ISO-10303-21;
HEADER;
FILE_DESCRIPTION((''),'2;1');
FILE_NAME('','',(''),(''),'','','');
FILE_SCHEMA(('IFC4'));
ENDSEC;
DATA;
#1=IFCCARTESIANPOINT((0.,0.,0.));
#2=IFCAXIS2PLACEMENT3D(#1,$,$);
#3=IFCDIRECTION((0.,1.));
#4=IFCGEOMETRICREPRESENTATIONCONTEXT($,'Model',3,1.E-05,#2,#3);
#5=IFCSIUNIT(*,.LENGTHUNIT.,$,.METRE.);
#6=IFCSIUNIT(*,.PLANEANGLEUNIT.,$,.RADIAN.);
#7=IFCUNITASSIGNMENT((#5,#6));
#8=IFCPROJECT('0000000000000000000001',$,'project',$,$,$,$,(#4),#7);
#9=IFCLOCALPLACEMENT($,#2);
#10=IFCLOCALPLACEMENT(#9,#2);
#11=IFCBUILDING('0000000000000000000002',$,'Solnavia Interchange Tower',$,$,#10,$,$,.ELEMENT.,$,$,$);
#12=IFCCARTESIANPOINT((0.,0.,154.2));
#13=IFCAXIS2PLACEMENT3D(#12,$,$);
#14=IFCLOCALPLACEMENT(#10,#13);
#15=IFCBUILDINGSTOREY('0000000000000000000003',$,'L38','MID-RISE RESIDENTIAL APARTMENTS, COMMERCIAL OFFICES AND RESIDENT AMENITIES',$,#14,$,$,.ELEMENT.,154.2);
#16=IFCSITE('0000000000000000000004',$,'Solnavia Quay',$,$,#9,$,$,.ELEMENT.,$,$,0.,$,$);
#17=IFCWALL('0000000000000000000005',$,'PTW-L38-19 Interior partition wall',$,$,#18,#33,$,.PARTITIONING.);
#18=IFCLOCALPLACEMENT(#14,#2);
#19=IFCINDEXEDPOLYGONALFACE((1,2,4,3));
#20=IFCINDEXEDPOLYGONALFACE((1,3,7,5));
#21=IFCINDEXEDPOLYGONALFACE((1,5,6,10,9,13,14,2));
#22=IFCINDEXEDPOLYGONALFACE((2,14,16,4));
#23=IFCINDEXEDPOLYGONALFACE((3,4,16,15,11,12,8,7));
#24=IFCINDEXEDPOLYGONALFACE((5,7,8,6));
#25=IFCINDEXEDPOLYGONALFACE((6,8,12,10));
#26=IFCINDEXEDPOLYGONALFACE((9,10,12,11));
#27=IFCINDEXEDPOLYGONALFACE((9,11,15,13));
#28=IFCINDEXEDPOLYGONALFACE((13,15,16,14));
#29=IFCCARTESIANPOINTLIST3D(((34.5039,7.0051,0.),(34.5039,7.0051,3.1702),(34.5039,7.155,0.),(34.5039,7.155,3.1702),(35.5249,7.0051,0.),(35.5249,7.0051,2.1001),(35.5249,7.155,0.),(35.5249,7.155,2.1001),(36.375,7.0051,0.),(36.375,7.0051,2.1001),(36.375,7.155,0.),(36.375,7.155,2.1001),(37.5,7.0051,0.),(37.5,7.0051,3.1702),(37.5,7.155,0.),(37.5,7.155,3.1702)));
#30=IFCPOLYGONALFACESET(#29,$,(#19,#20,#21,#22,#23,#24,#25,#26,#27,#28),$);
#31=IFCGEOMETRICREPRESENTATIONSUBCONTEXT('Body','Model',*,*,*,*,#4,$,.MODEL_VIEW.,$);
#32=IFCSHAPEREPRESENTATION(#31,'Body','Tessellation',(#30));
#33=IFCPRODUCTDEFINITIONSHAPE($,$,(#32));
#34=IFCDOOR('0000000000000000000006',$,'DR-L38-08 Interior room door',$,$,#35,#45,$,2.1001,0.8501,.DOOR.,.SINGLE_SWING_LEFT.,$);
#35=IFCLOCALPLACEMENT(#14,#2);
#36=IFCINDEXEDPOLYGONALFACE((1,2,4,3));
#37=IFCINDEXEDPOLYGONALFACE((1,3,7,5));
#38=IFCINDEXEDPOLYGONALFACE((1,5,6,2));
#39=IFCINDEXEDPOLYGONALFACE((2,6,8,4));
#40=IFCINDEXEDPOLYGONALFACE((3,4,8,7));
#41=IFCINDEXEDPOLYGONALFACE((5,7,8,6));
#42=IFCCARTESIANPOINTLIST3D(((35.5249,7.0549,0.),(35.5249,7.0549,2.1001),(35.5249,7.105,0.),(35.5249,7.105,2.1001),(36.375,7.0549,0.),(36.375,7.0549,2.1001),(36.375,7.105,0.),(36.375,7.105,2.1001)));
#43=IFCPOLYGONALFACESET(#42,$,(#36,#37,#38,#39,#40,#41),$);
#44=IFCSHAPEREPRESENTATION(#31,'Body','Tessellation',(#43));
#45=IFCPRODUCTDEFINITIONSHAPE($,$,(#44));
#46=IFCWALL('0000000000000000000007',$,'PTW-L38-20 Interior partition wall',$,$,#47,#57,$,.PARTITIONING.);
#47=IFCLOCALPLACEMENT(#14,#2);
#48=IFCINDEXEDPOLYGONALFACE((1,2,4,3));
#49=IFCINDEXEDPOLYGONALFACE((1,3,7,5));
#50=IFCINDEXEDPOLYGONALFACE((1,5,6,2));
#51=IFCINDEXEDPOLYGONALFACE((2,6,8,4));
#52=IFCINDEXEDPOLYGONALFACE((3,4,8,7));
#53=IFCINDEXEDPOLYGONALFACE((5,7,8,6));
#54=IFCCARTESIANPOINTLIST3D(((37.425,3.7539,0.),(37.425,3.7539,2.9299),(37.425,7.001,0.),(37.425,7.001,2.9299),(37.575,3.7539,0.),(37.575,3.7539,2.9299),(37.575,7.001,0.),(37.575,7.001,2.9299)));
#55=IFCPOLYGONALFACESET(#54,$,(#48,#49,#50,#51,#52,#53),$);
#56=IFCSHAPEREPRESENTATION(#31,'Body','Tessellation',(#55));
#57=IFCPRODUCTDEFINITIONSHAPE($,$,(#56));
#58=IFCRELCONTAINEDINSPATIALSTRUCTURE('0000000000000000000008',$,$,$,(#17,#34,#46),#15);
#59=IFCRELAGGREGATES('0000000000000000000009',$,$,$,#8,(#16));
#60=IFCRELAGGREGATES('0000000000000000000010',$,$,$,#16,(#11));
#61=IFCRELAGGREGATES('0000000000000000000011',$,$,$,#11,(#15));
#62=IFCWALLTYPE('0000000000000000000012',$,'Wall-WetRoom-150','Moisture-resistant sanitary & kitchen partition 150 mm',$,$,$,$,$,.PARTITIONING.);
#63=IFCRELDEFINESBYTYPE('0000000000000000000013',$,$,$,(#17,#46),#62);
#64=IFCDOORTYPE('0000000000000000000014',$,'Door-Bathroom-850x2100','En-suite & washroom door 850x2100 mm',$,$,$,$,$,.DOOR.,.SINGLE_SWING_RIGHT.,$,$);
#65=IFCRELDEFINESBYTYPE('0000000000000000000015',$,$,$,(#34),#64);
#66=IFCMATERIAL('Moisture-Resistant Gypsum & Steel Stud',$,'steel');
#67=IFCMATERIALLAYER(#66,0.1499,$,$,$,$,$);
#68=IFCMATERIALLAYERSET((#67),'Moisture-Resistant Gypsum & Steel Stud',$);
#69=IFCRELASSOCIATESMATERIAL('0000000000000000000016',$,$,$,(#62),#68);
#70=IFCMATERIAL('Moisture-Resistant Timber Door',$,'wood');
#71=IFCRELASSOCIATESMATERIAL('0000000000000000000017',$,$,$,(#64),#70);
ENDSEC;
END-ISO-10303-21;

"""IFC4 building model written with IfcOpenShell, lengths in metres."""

from ifc_helpers import new_model, si_unit, direction, frame, frame_2d, origin, place, context, subcontext, project, spatial, rectangle, extrude, material, layer, layer_set, type_object, element, fill, save


model = new_model("IFC4")

# Units and contexts
model_context = context("Model", 3, precision=1e-05, world=origin(), true_north=direction((0.0, 1.0)))
body_context = subcontext(model_context, "Body", "Model", "MODEL_VIEW")
ifc_project = project(units=[si_unit("LENGTHUNIT", "METRE"), si_unit("PLANEANGLEUNIT", "RADIAN")], contexts=[model_context])

# Site, building, storey
site_placement = place(None, origin())
site = spatial("IfcSite", under=ifc_project, at=site_placement, Name="Solnavia Quay", CompositionType="ELEMENT", RefElevation=0.0)
building_placement = place(site_placement, origin())
building = spatial("IfcBuilding", under=site, at=building_placement, Name="Solnavia Interchange Tower", CompositionType="ELEMENT")
storey_placement = place(building_placement, frame((0.0, 0.0, 154.2)))
storey = spatial("IfcBuildingStorey", under=building, at=storey_placement, Name="L38", Description="MID-RISE RESIDENTIAL APARTMENTS, COMMERCIAL OFFICES AND RESIDENT AMENITIES", CompositionType="ELEMENT", Elevation=154.2)

# Shared definitions
ifc_material_1 = material(Name="Moisture-Resistant Gypsum & Steel Stud", Category="steel")
ifc_layer_1 = layer(ifc_material_1, 0.1499)
ifc_layer_set_1 = layer_set([ifc_layer_1], Name="Moisture-Resistant Gypsum & Steel Stud")
wall_type_1 = type_object("IfcWallType", Name="Wall-WetRoom-150", Description="Moisture-resistant sanitary & kitchen partition 150 mm", PredefinedType="PARTITIONING", material=ifc_layer_set_1)
ifc_material_2 = material(Name="Moisture-Resistant Timber Door", Category="wood")
door_type_1 = type_object("IfcDoorType", Name="Door-Bathroom-850x2100", Description="En-suite & washroom door 850x2100 mm", OperationType="SINGLE_SWING_RIGHT", PredefinedType="DOOR", material=ifc_material_2)

# Wall, opening, door
wall_1_placement = place(storey_placement, frame((34.5039, 7.0801, 0.0), z_axis=(0.0, 0.0, 1.0), x_axis=(1.0, 0.0, 0.0)))
wall_1 = element("IfcWall", 1, at=wall_1_placement, inside=storey, type_object=wall_type_1, Name="PTW-L38-19 Interior partition wall", PredefinedType="PARTITIONING", context=body_context, shape_type="SweptSolid", body=[
    extrude(rectangle(XDim=2.9961, YDim=0.1499, at=frame_2d((1.498, 0.0))), origin(), (0.0, 0.0, 1.0), 3.1702),
])
opening_1_placement = place(wall_1_placement, frame((1.021, 0.0, 0.0)))
opening_1 = element("IfcOpeningElement", 2, at=opening_1_placement, cuts=wall_1, PredefinedType="OPENING", context=body_context, shape_type="SweptSolid", body=[
    extrude(rectangle(XDim=0.8501, YDim=2.1001, at=frame_2d((0.425, 1.05))), frame((0.0, 0.085, 0.0), z_axis=(0.0, -1.0, 0.0), x_axis=(1.0, 0.0, 0.0)), (0.0, 0.0, 1.0), 0.1699),
])
door_1_placement = place(opening_1_placement, origin())
door_1 = element("IfcDoor", 3, at=door_1_placement, inside=storey, type_object=door_type_1, Name="DR-L38-08 Interior room door", OperationType="SINGLE_SWING_LEFT", OverallHeight=2.1001, OverallWidth=0.8501, PredefinedType="DOOR", context=body_context, shape_type="SweptSolid", body=[
    extrude(rectangle(XDim=0.8501, YDim=2.1001, at=frame_2d((0.425, 1.05))), frame((0.0, 0.0249, 0.0), z_axis=(0.0, -1.0, 0.0), x_axis=(1.0, 0.0, 0.0)), (0.0, 0.0, 1.0), 0.05),
])
fill(opening_1, door_1)

# Wall
wall_2_placement = place(storey_placement, frame((37.5, 3.7539, 0.0), z_axis=(0.0, 0.0, 1.0), x_axis=(0.0, 1.0, 0.0)))
element("IfcWall", 4, at=wall_2_placement, inside=storey, type_object=wall_type_1, Name="PTW-L38-20 Interior partition wall", PredefinedType="PARTITIONING", context=body_context, shape_type="SweptSolid", body=[
    extrude(rectangle(XDim=3.2471, YDim=0.1499, at=frame_2d((1.6235, 0.0))), origin(), (0.0, 0.0, 1.0), 2.9299),
])

save(model, "model.ifc")
